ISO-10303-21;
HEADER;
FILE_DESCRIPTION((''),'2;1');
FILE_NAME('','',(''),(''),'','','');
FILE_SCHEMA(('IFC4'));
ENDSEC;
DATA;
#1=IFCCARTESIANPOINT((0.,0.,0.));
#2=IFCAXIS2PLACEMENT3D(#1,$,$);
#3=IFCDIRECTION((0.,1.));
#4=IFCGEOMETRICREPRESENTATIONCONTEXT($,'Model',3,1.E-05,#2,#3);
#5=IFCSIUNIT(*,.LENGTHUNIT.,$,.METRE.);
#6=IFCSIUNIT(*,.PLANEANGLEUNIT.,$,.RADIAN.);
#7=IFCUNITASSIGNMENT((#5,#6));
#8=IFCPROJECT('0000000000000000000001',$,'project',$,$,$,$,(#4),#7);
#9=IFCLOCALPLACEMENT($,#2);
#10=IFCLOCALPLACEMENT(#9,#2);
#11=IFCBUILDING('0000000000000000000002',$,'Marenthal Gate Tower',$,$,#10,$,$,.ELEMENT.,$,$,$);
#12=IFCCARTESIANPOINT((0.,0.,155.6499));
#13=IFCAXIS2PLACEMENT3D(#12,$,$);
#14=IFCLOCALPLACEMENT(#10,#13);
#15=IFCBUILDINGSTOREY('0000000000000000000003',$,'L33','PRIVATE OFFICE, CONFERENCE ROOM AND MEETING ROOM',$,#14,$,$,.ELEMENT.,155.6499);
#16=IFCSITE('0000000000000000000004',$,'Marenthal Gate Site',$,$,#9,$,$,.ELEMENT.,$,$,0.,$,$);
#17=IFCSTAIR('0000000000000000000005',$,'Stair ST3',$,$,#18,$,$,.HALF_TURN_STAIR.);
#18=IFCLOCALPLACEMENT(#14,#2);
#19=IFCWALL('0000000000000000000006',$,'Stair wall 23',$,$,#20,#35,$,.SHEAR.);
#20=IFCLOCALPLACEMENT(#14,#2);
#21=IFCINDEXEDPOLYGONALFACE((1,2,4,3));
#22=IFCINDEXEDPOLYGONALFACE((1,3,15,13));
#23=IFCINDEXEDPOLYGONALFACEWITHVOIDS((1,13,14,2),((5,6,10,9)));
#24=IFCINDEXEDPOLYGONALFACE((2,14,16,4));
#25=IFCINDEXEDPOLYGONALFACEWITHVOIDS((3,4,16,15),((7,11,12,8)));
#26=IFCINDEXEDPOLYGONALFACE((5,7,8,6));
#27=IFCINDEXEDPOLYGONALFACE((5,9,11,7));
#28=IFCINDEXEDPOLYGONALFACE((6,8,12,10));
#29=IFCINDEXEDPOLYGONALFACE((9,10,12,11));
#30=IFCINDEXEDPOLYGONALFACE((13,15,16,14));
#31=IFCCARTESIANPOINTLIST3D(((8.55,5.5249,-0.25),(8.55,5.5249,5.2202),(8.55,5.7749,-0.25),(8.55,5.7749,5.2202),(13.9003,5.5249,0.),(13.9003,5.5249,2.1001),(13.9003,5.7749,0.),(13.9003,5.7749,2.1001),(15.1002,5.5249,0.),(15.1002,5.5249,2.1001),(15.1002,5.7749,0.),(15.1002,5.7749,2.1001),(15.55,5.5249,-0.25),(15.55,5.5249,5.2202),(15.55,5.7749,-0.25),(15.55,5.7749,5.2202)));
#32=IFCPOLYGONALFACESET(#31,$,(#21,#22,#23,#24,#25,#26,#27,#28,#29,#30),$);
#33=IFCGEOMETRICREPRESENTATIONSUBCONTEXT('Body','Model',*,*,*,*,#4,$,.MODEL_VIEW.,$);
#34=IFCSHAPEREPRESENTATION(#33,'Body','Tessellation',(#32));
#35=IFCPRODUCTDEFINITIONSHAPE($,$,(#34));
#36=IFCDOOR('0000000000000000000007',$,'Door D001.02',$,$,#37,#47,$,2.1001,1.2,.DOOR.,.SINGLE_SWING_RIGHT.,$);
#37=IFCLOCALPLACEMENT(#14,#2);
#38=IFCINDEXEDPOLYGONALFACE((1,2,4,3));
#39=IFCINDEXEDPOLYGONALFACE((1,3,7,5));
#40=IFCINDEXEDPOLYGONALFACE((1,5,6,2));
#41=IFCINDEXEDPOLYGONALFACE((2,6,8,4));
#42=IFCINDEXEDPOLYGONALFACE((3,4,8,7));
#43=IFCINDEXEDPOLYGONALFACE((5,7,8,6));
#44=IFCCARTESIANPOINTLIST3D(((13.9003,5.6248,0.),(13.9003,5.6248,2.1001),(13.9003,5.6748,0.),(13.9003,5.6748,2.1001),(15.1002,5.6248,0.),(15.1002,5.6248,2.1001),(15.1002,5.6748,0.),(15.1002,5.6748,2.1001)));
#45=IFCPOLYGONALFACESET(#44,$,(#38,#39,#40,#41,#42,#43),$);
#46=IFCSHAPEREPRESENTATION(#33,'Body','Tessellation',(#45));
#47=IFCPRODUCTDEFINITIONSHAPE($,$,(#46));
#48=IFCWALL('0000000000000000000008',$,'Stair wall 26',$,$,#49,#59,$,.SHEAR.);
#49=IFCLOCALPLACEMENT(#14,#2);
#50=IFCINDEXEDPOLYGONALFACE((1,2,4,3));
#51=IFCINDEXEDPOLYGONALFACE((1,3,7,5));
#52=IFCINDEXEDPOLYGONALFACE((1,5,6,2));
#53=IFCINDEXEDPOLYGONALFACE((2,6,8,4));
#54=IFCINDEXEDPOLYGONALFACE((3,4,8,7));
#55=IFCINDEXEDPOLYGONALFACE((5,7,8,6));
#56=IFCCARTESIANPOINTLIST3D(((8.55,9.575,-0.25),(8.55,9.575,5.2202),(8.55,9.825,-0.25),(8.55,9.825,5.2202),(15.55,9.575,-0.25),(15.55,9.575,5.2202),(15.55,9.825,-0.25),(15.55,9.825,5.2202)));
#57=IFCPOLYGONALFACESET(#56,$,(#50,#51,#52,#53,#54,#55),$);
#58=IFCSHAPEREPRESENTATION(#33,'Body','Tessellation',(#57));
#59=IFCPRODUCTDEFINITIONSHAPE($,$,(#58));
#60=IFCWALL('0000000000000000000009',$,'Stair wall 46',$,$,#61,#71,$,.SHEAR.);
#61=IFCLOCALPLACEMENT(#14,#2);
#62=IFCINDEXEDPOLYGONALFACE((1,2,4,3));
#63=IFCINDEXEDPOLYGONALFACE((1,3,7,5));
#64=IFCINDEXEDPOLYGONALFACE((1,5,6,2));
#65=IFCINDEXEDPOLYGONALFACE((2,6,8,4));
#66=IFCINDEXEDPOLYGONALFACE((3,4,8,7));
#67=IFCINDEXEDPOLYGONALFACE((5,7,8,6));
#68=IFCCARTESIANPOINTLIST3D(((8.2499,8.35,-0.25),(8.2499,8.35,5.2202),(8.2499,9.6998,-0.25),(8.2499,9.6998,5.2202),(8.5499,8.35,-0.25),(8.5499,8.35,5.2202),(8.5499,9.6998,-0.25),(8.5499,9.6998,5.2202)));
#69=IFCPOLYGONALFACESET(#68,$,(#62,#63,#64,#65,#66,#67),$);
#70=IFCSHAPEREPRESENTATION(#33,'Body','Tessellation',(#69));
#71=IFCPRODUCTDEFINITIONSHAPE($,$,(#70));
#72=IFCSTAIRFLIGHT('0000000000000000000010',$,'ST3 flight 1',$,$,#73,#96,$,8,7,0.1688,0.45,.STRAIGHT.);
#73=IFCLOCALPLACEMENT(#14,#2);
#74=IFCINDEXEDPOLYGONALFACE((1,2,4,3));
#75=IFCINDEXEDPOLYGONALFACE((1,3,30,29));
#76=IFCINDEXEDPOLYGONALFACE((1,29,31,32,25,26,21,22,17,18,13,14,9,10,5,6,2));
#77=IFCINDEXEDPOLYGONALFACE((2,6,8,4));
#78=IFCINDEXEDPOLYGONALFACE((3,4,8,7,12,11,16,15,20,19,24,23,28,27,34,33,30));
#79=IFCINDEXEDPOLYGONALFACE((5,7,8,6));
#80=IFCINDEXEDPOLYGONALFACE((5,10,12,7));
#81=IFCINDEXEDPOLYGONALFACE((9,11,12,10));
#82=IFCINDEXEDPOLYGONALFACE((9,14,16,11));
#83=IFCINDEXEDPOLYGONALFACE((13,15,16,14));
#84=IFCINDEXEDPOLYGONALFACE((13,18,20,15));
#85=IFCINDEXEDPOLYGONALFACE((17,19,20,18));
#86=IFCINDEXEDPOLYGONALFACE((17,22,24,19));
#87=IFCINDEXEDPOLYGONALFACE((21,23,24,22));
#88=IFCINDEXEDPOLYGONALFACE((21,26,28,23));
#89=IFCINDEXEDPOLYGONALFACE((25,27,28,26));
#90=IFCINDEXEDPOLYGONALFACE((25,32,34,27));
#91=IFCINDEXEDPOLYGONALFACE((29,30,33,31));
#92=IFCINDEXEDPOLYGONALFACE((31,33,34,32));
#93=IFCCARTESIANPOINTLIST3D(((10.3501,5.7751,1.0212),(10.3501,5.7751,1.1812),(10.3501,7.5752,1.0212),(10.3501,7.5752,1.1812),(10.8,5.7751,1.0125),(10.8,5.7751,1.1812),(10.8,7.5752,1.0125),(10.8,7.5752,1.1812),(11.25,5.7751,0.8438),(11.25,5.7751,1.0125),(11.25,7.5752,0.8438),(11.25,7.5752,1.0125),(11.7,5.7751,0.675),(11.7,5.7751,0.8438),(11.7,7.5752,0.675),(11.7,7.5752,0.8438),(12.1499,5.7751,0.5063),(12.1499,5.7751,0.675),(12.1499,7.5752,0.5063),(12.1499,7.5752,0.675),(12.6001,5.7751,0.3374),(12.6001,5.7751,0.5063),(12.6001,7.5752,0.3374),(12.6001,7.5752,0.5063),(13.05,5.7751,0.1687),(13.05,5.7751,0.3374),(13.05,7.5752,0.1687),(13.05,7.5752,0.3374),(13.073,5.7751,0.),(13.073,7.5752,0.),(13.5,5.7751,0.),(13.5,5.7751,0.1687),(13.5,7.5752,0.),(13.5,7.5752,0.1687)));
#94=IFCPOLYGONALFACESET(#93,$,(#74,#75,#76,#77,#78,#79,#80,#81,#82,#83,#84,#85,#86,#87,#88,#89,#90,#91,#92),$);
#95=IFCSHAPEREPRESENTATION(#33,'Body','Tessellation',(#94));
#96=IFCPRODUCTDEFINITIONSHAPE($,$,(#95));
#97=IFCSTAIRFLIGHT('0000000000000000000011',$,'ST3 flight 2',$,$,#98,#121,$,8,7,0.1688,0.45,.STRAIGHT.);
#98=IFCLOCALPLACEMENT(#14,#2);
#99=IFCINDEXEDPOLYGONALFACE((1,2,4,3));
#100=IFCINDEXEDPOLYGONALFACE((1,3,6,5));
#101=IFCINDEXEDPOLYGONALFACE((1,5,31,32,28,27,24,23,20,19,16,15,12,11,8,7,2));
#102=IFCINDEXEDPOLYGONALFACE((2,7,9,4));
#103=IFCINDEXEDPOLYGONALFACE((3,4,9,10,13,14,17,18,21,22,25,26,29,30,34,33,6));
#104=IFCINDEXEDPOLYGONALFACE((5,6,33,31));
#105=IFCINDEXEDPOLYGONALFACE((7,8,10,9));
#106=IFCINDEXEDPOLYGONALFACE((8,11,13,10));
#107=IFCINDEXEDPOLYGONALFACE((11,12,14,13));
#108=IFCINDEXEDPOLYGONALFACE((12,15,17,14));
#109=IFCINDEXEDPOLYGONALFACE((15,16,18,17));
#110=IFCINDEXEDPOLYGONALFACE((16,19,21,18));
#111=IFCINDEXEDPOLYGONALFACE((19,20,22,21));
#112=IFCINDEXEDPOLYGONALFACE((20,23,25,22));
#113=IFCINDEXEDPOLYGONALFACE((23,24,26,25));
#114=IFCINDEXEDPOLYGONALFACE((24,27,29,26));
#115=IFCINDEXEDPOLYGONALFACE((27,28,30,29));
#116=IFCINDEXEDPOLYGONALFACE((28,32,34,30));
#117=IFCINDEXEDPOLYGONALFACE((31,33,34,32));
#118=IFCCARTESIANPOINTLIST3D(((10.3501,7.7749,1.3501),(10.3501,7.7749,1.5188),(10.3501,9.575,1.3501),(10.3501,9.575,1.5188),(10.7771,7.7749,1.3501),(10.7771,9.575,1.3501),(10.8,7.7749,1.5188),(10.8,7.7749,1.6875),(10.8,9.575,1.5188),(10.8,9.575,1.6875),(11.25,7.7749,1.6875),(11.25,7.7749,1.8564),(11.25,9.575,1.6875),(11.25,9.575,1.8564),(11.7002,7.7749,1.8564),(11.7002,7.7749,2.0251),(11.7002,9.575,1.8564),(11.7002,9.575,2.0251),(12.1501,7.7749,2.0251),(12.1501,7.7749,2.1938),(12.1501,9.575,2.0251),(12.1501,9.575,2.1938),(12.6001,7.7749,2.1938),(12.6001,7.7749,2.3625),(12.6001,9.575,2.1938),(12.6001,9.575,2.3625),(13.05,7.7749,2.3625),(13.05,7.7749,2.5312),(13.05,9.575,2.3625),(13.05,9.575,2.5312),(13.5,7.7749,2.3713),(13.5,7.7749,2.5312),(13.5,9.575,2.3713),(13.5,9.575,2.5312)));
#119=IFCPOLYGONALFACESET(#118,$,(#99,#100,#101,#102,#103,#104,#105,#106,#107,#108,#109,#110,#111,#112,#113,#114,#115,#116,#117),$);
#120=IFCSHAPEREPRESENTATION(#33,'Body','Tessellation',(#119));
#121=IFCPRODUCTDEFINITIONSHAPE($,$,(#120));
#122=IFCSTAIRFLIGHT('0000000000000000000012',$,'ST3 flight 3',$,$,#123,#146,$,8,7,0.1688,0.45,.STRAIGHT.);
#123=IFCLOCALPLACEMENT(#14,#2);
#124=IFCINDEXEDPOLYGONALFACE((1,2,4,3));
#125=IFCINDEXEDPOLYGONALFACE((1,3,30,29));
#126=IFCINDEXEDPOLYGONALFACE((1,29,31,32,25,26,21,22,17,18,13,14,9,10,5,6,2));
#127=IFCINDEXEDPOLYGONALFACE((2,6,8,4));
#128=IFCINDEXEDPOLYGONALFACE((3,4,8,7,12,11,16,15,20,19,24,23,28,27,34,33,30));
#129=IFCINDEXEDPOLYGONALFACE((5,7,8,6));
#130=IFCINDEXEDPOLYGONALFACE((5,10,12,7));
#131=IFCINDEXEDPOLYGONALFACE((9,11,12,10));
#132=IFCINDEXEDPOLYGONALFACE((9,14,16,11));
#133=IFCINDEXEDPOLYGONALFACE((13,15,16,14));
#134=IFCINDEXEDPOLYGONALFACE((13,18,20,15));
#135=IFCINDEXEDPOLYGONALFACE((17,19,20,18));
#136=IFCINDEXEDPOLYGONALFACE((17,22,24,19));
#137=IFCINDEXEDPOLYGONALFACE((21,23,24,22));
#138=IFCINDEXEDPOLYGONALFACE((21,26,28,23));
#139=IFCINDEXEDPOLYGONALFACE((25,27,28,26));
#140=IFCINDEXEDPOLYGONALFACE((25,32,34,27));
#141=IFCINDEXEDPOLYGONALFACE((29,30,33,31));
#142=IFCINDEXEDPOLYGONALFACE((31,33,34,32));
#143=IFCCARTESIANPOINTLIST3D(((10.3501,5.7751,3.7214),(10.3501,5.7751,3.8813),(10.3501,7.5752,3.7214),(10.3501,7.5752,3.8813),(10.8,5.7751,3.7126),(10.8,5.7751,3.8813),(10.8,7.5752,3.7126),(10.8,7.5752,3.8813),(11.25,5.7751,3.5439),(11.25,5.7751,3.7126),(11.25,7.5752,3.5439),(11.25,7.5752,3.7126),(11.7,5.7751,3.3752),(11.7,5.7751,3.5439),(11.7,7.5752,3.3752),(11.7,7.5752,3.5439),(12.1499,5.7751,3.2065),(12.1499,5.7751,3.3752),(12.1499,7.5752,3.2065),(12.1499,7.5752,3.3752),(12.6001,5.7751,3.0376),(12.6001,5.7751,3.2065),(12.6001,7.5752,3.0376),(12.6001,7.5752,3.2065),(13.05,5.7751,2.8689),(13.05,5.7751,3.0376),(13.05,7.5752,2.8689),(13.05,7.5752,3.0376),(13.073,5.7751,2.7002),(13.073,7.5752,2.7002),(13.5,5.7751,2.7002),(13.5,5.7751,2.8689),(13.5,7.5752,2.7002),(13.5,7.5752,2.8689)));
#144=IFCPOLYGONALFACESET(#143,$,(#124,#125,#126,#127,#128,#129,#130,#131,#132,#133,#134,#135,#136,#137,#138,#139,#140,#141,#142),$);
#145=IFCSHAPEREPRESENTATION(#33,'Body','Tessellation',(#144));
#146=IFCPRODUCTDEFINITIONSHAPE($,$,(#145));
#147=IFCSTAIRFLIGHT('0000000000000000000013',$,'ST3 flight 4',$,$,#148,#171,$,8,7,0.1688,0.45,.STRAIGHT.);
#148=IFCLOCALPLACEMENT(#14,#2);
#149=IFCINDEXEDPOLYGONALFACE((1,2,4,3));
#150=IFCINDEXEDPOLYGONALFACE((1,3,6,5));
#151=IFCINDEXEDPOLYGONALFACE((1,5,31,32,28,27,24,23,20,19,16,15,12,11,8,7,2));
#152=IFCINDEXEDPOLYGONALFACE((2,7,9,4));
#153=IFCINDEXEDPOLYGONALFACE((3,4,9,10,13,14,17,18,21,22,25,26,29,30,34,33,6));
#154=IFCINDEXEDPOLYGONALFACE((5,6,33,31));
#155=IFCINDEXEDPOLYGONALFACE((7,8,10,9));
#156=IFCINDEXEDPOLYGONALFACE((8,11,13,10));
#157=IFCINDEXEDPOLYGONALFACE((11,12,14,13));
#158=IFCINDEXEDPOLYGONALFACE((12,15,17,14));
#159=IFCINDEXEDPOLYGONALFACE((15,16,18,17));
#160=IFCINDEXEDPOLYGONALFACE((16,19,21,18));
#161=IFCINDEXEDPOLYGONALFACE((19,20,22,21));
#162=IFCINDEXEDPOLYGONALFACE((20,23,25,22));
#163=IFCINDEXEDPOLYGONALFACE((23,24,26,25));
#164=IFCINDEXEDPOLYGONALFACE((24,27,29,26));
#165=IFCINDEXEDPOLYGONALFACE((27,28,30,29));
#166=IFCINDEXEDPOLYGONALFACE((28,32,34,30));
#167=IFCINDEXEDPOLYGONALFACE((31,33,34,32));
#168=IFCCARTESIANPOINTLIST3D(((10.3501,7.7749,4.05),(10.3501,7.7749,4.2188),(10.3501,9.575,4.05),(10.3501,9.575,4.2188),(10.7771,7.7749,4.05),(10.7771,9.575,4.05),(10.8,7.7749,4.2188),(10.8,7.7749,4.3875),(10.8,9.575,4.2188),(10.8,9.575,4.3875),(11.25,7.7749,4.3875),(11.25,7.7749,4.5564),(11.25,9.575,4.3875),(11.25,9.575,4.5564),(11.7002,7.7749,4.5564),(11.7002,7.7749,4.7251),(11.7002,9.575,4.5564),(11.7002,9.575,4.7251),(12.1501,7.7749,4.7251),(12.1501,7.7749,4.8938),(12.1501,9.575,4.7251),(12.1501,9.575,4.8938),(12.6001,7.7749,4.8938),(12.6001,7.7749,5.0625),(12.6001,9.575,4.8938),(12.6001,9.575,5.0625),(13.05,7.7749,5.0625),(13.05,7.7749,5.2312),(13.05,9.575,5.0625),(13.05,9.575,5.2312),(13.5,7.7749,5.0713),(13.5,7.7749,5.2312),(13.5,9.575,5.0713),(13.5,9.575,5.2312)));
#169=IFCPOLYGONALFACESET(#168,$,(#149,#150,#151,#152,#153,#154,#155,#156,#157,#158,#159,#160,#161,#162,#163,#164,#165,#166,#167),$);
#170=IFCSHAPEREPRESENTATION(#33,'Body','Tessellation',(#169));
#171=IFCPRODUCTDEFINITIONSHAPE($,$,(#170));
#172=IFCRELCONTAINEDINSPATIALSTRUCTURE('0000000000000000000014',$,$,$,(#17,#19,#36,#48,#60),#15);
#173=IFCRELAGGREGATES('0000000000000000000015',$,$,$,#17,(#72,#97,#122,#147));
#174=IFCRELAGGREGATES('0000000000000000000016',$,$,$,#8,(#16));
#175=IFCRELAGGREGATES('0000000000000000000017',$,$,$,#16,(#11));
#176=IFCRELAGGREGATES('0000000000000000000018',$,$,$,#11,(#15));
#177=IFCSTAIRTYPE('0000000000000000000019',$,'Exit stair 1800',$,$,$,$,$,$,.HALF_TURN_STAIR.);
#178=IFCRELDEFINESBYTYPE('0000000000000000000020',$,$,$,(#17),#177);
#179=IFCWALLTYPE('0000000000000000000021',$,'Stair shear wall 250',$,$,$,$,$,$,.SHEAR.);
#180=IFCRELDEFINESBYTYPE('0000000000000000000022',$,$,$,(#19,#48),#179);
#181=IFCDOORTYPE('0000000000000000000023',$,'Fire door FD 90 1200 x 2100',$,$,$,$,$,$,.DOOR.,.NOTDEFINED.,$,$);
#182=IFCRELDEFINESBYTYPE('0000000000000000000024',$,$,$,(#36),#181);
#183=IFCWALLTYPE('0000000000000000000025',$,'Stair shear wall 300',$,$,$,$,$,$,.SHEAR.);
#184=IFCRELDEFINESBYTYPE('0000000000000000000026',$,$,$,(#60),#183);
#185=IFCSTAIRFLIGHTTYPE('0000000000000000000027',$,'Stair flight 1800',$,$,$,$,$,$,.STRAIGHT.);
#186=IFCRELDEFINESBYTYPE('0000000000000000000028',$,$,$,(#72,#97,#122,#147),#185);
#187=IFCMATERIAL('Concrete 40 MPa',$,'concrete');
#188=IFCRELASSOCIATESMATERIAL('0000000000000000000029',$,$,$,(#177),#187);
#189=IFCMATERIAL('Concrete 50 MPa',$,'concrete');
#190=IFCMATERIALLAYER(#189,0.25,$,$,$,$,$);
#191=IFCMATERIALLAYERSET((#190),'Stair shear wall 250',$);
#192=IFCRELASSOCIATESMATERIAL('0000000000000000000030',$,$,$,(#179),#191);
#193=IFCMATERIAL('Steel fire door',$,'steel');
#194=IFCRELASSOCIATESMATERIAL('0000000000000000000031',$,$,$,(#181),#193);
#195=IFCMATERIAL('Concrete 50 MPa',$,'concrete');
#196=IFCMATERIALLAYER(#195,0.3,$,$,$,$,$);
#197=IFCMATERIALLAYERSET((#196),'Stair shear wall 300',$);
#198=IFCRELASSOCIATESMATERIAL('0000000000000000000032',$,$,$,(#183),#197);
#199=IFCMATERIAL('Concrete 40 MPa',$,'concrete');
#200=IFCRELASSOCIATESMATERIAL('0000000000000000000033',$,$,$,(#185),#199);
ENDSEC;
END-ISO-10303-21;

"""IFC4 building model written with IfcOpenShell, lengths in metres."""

from ifc_helpers import new_model, si_unit, direction, frame, frame_2d, origin, place, context, subcontext, project, spatial, polyline, rectangle, outline, extrude, material, layer, layer_set, type_object, element, fill, aggregate, save


model = new_model("IFC4")

# Units and contexts
model_context = context("Model", 3, precision=1e-05, world=origin(), true_north=direction((0.0, 1.0)))
body_context = subcontext(model_context, "Body", "Model", "MODEL_VIEW")
ifc_project = project(units=[si_unit("LENGTHUNIT", "METRE"), si_unit("PLANEANGLEUNIT", "RADIAN")], contexts=[model_context])

# Site, building, storey
site_placement = place(None, origin())
site = spatial("IfcSite", under=ifc_project, at=site_placement, Name="Marenthal Gate Site", CompositionType="ELEMENT", RefElevation=0.0)
building_placement = place(site_placement, origin())
building = spatial("IfcBuilding", under=site, at=building_placement, Name="Marenthal Gate Tower", CompositionType="ELEMENT")
storey_placement = place(building_placement, frame((0.0, 0.0, 155.6499)))
storey = spatial("IfcBuildingStorey", under=building, at=storey_placement, Name="L33", Description="PRIVATE OFFICE, CONFERENCE ROOM AND MEETING ROOM", CompositionType="ELEMENT", Elevation=155.6499)

# Shared definitions
ifc_material_1 = material(Name="Concrete 40 MPa", Category="concrete")
stair_type = type_object("IfcStairType", Name="Exit stair 1800", PredefinedType="HALF_TURN_STAIR", material=ifc_material_1)

# Stair
stair_1_placement = place(storey_placement, origin())
stair_1 = element("IfcStair", 1, at=stair_1_placement, inside=storey, type_object=stair_type, Name="Stair ST3", PredefinedType="HALF_TURN_STAIR")

# Wall, opening, door
ifc_material_2 = material(Name="Concrete 50 MPa", Category="concrete")
ifc_layer_1 = layer(ifc_material_2, 0.25)
ifc_layer_set_1 = layer_set([ifc_layer_1], Name="Stair shear wall 250")
wall_type_1 = type_object("IfcWallType", Name="Stair shear wall 250", PredefinedType="SHEAR", material=ifc_layer_set_1)
wall_1_placement = place(storey_placement, frame((8.55, 5.6499, -0.25), z_axis=(0.0, 0.0, 1.0), x_axis=(1.0, 0.0, 0.0)))
wall_1 = element("IfcWall", 2, at=wall_1_placement, inside=storey, type_object=wall_type_1, Name="Stair wall 23", PredefinedType="SHEAR", context=body_context, shape_type="SweptSolid", body=[
    extrude(rectangle(XDim=7.0, YDim=0.25, at=frame_2d((3.5, 0.0))), origin(), (0.0, 0.0, 1.0), 5.4702),
])
opening_1_placement = place(wall_1_placement, frame((5.3501, 0.0, 0.25)))
opening_1 = element("IfcOpeningElement", 3, at=opening_1_placement, cuts=wall_1, PredefinedType="OPENING", context=body_context, shape_type="SweptSolid", body=[
    extrude(rectangle(XDim=1.2, YDim=2.1001, at=frame_2d((0.6001, 1.05))), frame((0.0, 0.135, 0.0), z_axis=(0.0, -1.0, 0.0), x_axis=(1.0, 0.0, 0.0)), (0.0, 0.0, 1.0), 0.27),
])
ifc_material_3 = material(Name="Steel fire door", Category="steel")
door_type_1 = type_object("IfcDoorType", Name="Fire door FD 90 1200 x 2100", OperationType="NOTDEFINED", PredefinedType="DOOR", material=ifc_material_3)
door_1_placement = place(opening_1_placement, origin())
door_1 = element("IfcDoor", 4, at=door_1_placement, inside=storey, type_object=door_type_1, Name="Door D001.02", OperationType="SINGLE_SWING_RIGHT", OverallHeight=2.1001, OverallWidth=1.2, PredefinedType="DOOR", context=body_context, shape_type="SweptSolid", body=[
    extrude(rectangle(XDim=1.2, YDim=2.1001, at=frame_2d((0.6001, 1.05))), frame((0.0, 0.0249, 0.0), z_axis=(0.0, -1.0, 0.0), x_axis=(1.0, 0.0, 0.0)), (0.0, 0.0, 1.0), 0.05),
])
fill(opening_1, door_1)

# Walls
wall_2_placement = place(storey_placement, frame((8.55, 9.7, -0.25), z_axis=(0.0, 0.0, 1.0), x_axis=(1.0, 0.0, 0.0)))
element("IfcWall", 5, at=wall_2_placement, inside=storey, type_object=wall_type_1, Name="Stair wall 26", PredefinedType="SHEAR", context=body_context, shape_type="SweptSolid", body=[
    extrude(rectangle(XDim=7.0, YDim=0.25, at=frame_2d((3.5, 0.0))), origin(), (0.0, 0.0, 1.0), 5.4702),
])
ifc_material_4 = material(Name="Concrete 50 MPa", Category="concrete")
ifc_layer_2 = layer(ifc_material_4, 0.3)
ifc_layer_set_2 = layer_set([ifc_layer_2], Name="Stair shear wall 300")
wall_type_2 = type_object("IfcWallType", Name="Stair shear wall 300", PredefinedType="SHEAR", material=ifc_layer_set_2)
wall_3_placement = place(storey_placement, frame((8.3999, 8.3501, -0.25), z_axis=(0.0, 0.0, 1.0), x_axis=(0.0, 1.0, 0.0)))
element("IfcWall", 6, at=wall_3_placement, inside=storey, type_object=wall_type_2, Name="Stair wall 46", PredefinedType="SHEAR", context=body_context, shape_type="SweptSolid", body=[
    extrude(rectangle(XDim=1.3499, YDim=0.3, at=frame_2d((0.6748, 0.0))), origin(), (0.0, 0.0, 1.0), 5.4702),
])

# Stair flights
ifc_material_5 = material(Name="Concrete 40 MPa", Category="concrete")
stair_flight_type = type_object("IfcStairFlightType", Name="Stair flight 1800", PredefinedType="STRAIGHT", material=ifc_material_5)
stair_flight_1_placement = place(storey_placement, frame((13.5, 6.675, 0.0), z_axis=(0.0, 0.0, 1.0), x_axis=(-1.0, 0.0, 0.0)))
stair_flight_1 = element("IfcStairFlight", 7, at=stair_flight_1_placement, type_object=stair_flight_type, Name="ST3 flight 1", NumberOfRisers=8, NumberOfTreads=7, PredefinedType="STRAIGHT", RiserHeight=0.1688, TreadLength=0.45, context=body_context, shape_type="SweptSolid", body=[
    extrude(outline(polyline([(0.0, 0.0), (0.0, 0.1687), (0.45, 0.1687), (0.45, 0.3374), (0.8999, 0.3374), (0.8999, 0.5063), (1.3501, 0.5063), (1.3501, 0.675), (1.8, 0.675), (1.8, 0.8438), (2.25, 0.8438), (2.25, 1.0125), (2.7, 1.0125), (2.7, 1.1812), (3.1499, 1.1812), (3.1499, 1.3501), (3.1499, 1.0212), (0.427, 0.0), (0.0, 0.0)])), frame((0.0, 0.8999, 0.0), z_axis=(0.0, -1.0, 0.0), x_axis=(1.0, 0.0, 0.0)), (0.0, 0.0, 1.0), 1.8),
])
stair_flight_2_placement = place(storey_placement, frame((10.3501, 8.675, 1.3501), z_axis=(0.0, 0.0, 1.0), x_axis=(1.0, 0.0, 0.0)))
stair_flight_2 = element("IfcStairFlight", 8, at=stair_flight_2_placement, type_object=stair_flight_type, Name="ST3 flight 2", NumberOfRisers=8, NumberOfTreads=7, PredefinedType="STRAIGHT", RiserHeight=0.1688, TreadLength=0.45, context=body_context, shape_type="SweptSolid", body=[
    extrude(outline(polyline([(0.0, 0.0), (0.0, 0.1687), (0.45, 0.1687), (0.45, 0.3374), (0.8999, 0.3374), (0.8999, 0.5063), (1.3501, 0.5063), (1.3501, 0.675), (1.8, 0.675), (1.8, 0.8438), (2.25, 0.8438), (2.25, 1.0125), (2.7, 1.0125), (2.7, 1.1812), (3.1499, 1.1812), (3.1499, 1.3501), (3.1499, 1.0212), (0.427, 0.0), (0.0, 0.0)])), frame((0.0, 0.8999, 0.0), z_axis=(0.0, -1.0, 0.0), x_axis=(1.0, 0.0, 0.0)), (0.0, 0.0, 1.0), 1.8),
])
stair_flight_3_placement = place(storey_placement, frame((13.5, 6.675, 2.7002), z_axis=(0.0, 0.0, 1.0), x_axis=(-1.0, 0.0, 0.0)))
stair_flight_3 = element("IfcStairFlight", 9, at=stair_flight_3_placement, type_object=stair_flight_type, Name="ST3 flight 3", NumberOfRisers=8, NumberOfTreads=7, PredefinedType="STRAIGHT", RiserHeight=0.1688, TreadLength=0.45, context=body_context, shape_type="SweptSolid", body=[
    extrude(outline(polyline([(0.0, 0.0), (0.0, 0.1687), (0.45, 0.1687), (0.45, 0.3374), (0.8999, 0.3374), (0.8999, 0.5063), (1.3501, 0.5063), (1.3501, 0.675), (1.8, 0.675), (1.8, 0.8438), (2.25, 0.8438), (2.25, 1.0125), (2.7, 1.0125), (2.7, 1.1812), (3.1499, 1.1812), (3.1499, 1.3501), (3.1499, 1.0212), (0.427, 0.0), (0.0, 0.0)])), frame((0.0, 0.8999, 0.0), z_axis=(0.0, -1.0, 0.0), x_axis=(1.0, 0.0, 0.0)), (0.0, 0.0, 1.0), 1.8),
])
stair_flight_4_placement = place(storey_placement, frame((10.3501, 8.675, 4.05), z_axis=(0.0, 0.0, 1.0), x_axis=(1.0, 0.0, 0.0)))
stair_flight_4 = element("IfcStairFlight", 10, at=stair_flight_4_placement, type_object=stair_flight_type, Name="ST3 flight 4", NumberOfRisers=8, NumberOfTreads=7, PredefinedType="STRAIGHT", RiserHeight=0.1688, TreadLength=0.45, context=body_context, shape_type="SweptSolid", body=[
    extrude(outline(polyline([(0.0, 0.0), (0.0, 0.1687), (0.45, 0.1687), (0.45, 0.3374), (0.8999, 0.3374), (0.8999, 0.5063), (1.3501, 0.5063), (1.3501, 0.675), (1.8, 0.675), (1.8, 0.8438), (2.25, 0.8438), (2.25, 1.0125), (2.7, 1.0125), (2.7, 1.1812), (3.1499, 1.1812), (3.1499, 1.3501), (3.1499, 1.0212), (0.427, 0.0), (0.0, 0.0)])), frame((0.0, 0.8999, 0.0), z_axis=(0.0, -1.0, 0.0), x_axis=(1.0, 0.0, 0.0)), (0.0, 0.0, 1.0), 1.8),
])
aggregate(stair_1, [stair_flight_1, stair_flight_2, stair_flight_3, stair_flight_4])

save(model, "model.ifc")
